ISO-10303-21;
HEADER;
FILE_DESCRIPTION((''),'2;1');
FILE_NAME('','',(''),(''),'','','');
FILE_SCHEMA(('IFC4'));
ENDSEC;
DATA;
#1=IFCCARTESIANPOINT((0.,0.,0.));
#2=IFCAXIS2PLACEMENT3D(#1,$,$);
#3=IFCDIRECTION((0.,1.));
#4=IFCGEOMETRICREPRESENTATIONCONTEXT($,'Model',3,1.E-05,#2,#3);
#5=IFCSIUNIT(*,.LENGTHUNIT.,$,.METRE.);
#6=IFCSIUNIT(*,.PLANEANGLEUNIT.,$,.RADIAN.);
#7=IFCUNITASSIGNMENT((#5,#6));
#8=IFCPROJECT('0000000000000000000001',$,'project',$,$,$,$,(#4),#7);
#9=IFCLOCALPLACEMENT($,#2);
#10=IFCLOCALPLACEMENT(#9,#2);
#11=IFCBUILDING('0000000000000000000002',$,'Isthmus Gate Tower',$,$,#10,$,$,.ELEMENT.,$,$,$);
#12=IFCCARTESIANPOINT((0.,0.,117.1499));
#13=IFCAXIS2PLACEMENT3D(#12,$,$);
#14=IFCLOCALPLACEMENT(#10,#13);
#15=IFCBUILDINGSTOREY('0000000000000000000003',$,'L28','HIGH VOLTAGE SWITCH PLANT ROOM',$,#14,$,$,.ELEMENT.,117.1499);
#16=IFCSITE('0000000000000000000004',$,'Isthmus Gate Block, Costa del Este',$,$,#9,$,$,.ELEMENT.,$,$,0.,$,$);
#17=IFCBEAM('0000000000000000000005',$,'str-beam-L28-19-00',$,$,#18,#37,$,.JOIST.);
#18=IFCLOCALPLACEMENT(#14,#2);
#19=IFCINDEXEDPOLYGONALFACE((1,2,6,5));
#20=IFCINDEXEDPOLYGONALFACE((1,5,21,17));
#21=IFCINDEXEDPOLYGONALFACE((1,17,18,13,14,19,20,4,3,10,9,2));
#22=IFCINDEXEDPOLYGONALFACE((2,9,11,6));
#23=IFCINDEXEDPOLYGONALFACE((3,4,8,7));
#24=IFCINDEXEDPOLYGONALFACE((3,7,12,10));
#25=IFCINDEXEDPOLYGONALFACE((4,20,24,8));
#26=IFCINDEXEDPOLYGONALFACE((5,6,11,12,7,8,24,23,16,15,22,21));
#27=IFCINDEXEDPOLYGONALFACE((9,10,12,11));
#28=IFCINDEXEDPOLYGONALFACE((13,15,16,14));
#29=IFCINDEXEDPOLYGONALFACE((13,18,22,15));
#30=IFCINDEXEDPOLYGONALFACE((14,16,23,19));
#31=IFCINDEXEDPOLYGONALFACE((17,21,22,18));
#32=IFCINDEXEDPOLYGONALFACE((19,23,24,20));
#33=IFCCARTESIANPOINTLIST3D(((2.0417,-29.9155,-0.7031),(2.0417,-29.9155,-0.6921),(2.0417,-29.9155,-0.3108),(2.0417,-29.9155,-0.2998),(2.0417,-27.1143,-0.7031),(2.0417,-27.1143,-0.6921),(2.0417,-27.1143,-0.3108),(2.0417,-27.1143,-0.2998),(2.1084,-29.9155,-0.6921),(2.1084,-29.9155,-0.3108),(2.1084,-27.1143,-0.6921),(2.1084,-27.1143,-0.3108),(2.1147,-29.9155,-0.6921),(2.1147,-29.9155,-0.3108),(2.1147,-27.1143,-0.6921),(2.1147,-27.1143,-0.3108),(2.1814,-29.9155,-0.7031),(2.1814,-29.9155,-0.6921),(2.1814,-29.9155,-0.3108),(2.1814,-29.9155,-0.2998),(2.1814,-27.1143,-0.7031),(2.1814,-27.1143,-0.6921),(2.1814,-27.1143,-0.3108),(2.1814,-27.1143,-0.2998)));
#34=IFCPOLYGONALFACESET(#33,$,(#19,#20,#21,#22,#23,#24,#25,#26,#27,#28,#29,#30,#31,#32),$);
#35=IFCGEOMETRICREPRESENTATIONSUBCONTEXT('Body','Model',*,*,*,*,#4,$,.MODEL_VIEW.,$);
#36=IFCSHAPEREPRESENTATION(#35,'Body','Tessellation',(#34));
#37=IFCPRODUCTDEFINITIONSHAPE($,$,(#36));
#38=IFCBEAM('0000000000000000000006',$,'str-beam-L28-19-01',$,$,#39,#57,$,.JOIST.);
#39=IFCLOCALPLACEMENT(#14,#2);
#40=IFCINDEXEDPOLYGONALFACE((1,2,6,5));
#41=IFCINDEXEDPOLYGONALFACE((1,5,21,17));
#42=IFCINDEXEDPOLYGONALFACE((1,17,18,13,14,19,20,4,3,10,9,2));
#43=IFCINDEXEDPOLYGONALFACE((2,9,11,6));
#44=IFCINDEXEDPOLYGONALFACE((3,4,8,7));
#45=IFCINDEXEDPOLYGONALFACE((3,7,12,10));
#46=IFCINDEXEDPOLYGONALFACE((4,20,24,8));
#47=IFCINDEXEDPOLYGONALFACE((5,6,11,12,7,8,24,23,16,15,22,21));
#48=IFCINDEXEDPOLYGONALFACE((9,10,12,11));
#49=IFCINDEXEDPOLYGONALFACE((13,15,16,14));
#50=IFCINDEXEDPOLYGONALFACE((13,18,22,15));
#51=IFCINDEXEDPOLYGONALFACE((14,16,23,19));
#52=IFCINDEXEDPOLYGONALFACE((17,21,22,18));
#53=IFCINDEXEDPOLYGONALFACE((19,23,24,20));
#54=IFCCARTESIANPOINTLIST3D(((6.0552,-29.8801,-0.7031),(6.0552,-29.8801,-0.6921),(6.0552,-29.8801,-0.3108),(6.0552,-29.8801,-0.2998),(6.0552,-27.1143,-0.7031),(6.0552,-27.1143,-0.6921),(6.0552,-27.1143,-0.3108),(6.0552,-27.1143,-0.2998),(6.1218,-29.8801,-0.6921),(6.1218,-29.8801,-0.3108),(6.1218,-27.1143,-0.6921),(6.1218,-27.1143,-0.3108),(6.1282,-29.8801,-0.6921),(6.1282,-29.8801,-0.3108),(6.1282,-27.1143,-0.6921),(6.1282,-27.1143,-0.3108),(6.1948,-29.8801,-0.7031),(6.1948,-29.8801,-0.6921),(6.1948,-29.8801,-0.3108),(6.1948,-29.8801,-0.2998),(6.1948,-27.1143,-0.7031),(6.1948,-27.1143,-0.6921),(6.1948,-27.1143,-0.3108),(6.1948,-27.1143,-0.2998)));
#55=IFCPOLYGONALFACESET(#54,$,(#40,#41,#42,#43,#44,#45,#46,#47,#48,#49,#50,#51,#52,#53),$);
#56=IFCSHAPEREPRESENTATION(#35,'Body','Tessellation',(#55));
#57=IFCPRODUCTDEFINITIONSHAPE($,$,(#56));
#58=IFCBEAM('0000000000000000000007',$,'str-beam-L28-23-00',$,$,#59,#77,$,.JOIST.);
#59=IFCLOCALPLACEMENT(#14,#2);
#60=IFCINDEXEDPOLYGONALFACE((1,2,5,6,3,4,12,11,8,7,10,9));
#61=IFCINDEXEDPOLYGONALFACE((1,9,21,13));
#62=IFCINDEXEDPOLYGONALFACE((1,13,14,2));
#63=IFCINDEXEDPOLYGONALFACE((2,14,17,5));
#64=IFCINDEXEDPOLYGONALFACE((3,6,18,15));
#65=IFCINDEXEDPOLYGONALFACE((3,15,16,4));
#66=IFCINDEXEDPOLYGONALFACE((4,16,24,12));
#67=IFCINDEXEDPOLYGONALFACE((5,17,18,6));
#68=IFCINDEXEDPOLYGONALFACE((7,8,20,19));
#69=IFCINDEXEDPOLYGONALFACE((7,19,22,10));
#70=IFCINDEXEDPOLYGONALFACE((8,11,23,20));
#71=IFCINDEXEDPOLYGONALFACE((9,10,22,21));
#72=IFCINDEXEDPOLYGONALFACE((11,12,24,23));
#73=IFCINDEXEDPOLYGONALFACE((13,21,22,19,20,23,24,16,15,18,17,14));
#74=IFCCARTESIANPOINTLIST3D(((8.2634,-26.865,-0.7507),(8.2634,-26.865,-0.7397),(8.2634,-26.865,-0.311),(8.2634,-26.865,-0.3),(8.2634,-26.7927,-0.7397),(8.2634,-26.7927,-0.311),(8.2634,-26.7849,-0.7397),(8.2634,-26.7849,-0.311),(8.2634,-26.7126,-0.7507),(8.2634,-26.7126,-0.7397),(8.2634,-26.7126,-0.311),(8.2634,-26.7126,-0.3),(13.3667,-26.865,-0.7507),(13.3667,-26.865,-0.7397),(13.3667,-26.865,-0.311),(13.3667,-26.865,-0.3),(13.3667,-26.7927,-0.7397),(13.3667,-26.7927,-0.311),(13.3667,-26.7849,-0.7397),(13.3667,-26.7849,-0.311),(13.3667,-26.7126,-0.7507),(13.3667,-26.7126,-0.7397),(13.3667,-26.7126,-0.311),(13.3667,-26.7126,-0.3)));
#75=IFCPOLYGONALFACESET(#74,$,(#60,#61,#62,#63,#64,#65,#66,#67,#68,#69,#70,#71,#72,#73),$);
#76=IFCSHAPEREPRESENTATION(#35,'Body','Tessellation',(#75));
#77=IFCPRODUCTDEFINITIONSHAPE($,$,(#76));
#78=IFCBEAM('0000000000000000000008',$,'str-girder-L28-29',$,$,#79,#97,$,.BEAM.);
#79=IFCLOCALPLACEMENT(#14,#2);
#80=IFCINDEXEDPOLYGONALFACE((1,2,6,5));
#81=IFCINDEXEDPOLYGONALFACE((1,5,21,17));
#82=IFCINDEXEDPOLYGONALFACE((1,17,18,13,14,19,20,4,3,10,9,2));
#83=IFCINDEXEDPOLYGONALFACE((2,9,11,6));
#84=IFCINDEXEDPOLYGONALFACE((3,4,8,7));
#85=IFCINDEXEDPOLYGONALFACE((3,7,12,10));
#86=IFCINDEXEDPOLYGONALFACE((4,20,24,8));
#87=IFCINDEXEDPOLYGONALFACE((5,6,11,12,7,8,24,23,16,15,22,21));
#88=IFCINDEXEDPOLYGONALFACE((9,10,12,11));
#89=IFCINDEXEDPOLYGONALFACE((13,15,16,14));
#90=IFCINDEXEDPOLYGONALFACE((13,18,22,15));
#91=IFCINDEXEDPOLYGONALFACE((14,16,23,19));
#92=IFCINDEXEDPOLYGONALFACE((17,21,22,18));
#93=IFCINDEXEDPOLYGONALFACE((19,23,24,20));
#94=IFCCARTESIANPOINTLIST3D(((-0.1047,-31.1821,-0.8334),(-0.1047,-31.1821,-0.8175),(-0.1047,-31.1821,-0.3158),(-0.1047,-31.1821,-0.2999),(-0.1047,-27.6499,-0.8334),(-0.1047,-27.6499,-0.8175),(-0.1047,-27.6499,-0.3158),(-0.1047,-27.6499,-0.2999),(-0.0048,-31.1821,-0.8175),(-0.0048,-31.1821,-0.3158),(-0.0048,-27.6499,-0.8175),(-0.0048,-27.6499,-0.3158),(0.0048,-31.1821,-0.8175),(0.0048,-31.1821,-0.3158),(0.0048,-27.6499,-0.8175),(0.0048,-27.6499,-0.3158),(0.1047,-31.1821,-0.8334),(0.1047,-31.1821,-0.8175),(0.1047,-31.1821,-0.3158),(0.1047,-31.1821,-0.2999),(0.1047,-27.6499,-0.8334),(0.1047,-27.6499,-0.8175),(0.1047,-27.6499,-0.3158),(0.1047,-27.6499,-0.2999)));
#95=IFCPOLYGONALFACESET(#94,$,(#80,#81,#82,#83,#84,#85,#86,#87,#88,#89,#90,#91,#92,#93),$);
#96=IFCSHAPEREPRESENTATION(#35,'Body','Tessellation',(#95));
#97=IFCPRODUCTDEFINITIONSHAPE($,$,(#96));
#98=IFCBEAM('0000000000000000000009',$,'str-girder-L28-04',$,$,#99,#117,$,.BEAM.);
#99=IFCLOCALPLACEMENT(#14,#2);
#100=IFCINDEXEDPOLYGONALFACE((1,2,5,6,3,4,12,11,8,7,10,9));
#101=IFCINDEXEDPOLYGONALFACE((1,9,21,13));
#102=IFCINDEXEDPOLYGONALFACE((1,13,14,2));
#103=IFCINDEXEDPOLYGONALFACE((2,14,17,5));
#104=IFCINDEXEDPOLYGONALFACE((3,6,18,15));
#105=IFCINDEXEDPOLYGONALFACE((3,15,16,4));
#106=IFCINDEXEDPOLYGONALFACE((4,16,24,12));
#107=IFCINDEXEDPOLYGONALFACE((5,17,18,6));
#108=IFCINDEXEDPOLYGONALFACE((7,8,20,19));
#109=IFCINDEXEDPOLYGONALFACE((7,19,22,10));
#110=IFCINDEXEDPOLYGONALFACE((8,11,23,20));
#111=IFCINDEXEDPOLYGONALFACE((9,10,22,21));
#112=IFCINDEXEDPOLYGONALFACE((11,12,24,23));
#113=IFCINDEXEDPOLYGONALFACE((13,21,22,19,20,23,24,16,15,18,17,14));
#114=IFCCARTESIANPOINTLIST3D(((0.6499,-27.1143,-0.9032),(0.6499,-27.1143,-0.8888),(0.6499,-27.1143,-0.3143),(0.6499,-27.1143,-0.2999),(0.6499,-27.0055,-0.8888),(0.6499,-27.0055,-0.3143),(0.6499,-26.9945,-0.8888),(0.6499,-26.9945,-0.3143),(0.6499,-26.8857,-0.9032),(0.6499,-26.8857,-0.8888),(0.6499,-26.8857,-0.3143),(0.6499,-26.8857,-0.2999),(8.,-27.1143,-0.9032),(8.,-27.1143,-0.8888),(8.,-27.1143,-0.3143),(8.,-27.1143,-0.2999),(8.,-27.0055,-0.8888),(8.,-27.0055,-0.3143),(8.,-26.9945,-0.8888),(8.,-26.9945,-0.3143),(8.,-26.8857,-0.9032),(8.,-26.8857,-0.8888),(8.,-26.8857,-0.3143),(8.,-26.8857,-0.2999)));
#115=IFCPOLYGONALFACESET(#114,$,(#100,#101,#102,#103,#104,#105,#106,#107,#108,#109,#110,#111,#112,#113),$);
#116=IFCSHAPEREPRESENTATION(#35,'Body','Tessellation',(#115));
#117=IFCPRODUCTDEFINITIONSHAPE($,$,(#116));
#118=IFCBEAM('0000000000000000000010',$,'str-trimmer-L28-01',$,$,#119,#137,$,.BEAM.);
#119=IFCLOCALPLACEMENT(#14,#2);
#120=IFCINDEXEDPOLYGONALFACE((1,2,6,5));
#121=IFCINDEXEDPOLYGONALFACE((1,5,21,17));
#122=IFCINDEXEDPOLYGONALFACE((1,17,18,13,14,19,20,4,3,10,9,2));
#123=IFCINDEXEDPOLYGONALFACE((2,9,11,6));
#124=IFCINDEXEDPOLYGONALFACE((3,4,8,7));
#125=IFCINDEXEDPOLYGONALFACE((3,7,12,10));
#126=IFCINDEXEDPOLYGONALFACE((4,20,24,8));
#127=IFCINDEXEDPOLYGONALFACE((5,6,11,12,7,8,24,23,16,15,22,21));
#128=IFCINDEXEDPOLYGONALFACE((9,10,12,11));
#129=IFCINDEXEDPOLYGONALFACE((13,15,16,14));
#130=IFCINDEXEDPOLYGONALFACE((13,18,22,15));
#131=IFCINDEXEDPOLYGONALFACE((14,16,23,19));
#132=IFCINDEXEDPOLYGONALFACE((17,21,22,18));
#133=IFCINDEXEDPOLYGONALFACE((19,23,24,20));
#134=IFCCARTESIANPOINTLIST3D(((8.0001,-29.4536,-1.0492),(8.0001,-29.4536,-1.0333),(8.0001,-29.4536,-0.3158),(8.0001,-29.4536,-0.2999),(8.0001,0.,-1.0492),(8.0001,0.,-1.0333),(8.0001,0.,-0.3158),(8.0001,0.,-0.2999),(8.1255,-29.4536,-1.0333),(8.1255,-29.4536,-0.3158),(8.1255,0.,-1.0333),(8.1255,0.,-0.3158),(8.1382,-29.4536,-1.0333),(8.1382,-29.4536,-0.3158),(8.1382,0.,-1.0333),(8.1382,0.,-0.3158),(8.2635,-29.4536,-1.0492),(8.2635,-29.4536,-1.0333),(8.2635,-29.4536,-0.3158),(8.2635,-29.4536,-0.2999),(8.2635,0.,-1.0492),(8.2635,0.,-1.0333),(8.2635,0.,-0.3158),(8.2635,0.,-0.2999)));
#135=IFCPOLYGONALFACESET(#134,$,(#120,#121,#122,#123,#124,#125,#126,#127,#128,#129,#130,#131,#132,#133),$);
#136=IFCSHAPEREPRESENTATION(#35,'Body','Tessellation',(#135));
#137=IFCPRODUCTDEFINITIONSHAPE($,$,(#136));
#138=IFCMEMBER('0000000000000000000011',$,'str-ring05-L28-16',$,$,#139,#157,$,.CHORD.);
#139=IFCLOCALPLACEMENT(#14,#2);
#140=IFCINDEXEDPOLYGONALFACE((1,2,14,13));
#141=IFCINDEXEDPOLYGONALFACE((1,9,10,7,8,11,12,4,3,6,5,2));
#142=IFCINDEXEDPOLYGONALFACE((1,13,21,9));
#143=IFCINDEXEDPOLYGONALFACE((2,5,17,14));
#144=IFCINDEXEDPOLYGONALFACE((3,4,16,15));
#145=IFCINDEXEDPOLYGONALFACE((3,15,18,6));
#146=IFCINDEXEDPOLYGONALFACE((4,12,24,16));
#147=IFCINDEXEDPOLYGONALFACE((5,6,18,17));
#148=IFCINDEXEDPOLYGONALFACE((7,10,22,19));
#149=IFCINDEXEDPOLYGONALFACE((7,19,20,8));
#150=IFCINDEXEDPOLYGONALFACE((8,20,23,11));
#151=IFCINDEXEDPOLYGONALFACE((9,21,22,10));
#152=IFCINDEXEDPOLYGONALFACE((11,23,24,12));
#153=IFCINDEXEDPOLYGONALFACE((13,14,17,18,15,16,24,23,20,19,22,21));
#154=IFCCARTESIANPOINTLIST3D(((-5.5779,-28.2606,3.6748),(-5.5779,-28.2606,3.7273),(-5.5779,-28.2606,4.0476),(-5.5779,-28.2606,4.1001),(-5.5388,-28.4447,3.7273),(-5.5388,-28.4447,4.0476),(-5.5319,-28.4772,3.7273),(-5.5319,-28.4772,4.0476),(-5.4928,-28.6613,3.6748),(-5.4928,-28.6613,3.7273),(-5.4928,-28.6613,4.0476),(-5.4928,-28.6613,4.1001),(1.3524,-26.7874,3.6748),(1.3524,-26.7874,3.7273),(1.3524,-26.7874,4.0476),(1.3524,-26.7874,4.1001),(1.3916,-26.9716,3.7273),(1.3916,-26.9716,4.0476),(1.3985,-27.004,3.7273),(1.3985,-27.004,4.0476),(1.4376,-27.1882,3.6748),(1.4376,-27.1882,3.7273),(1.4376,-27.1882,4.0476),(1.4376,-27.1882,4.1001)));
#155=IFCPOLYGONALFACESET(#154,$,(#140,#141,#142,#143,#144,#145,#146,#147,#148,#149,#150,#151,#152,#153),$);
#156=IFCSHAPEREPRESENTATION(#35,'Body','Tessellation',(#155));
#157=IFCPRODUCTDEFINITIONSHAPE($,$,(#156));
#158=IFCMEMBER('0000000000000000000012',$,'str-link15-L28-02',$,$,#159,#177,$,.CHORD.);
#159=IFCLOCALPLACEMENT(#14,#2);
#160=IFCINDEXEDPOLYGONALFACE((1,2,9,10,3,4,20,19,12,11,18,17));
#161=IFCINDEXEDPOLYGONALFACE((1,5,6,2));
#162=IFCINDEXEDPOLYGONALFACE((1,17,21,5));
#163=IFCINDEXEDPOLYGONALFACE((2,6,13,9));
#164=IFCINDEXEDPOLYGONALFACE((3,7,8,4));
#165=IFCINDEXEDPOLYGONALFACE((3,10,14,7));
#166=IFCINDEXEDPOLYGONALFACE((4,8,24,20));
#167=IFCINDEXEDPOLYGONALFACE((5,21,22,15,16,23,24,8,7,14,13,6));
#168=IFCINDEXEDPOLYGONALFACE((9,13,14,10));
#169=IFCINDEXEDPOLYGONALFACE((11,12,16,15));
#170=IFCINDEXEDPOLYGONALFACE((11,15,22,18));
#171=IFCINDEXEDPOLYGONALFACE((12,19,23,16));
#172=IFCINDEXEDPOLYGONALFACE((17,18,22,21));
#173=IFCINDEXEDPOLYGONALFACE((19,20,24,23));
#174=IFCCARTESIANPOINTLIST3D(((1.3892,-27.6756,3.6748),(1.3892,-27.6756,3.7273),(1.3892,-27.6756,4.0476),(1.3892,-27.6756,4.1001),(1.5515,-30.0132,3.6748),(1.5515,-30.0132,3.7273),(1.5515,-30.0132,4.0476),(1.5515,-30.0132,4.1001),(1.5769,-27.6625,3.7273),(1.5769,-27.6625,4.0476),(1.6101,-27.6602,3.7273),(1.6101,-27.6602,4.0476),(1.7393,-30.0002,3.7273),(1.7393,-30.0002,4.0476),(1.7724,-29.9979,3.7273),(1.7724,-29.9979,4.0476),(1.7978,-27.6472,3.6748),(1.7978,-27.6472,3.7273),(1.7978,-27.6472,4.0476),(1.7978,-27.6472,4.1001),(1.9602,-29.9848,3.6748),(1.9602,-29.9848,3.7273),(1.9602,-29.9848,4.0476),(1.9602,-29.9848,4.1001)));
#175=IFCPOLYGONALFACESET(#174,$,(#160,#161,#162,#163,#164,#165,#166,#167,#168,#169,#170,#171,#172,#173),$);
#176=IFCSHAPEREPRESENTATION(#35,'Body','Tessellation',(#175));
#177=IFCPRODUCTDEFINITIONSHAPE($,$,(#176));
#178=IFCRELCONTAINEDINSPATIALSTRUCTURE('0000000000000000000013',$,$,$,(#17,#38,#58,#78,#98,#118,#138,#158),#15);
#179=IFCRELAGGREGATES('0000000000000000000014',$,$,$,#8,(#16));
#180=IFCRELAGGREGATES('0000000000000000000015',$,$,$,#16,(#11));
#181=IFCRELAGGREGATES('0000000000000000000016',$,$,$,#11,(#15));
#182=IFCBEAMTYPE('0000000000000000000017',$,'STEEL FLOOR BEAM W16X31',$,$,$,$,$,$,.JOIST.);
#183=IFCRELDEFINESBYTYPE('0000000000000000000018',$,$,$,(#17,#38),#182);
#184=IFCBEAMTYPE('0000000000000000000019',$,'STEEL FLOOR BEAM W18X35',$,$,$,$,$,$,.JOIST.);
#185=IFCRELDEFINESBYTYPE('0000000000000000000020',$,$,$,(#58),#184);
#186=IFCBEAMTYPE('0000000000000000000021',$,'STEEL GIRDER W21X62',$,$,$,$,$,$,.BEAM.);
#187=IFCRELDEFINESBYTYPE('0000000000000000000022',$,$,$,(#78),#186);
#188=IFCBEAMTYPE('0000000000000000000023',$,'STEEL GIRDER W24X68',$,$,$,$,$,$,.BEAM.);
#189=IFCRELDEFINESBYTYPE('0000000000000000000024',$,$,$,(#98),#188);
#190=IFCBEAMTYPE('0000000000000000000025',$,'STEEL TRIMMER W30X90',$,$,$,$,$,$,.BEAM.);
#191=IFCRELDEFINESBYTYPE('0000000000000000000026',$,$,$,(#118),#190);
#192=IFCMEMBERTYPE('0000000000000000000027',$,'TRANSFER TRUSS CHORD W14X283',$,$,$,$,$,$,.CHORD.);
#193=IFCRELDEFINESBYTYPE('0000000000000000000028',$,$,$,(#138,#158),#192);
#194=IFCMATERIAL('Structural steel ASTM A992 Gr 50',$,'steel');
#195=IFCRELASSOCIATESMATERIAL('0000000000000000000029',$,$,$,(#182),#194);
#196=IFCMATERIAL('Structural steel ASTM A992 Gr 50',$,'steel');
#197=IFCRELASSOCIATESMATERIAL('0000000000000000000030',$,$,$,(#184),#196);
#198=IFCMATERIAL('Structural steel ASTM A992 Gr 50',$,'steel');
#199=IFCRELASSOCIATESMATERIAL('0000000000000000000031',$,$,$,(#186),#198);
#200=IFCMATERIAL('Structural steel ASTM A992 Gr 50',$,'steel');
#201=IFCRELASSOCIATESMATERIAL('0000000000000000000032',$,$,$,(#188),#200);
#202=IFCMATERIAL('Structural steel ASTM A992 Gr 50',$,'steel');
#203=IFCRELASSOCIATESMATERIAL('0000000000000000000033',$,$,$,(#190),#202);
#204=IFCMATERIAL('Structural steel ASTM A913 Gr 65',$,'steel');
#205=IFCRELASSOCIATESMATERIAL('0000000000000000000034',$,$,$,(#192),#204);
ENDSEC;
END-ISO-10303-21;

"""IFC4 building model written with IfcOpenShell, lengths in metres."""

from ifc_helpers import new_model, si_unit, direction, frame, origin, origin_2d, place, context, subcontext, project, spatial, i_section, extrude, material, material_profile, profile_set, type_object, element, save


model = new_model("IFC4")

# Units and contexts
model_context = context("Model", 3, precision=1e-05, world=origin(), true_north=direction((0.0, 1.0)))
body_context = subcontext(model_context, "Body", "Model", "MODEL_VIEW")
ifc_project = project(units=[si_unit("LENGTHUNIT", "METRE"), si_unit("PLANEANGLEUNIT", "RADIAN")], contexts=[model_context])

# Site, building, storey
site_placement = place(None, origin())
site = spatial("IfcSite", under=ifc_project, at=site_placement, Name="Isthmus Gate Block, Costa del Este", CompositionType="ELEMENT", RefElevation=0.0)
building_placement = place(site_placement, origin())
building = spatial("IfcBuilding", under=site, at=building_placement, Name="Isthmus Gate Tower", CompositionType="ELEMENT")
storey_placement = place(building_placement, frame((0.0, 0.0, 117.1499)))
storey = spatial("IfcBuildingStorey", under=building, at=storey_placement, Name="L28", Description="HIGH VOLTAGE SWITCH PLANT ROOM", CompositionType="ELEMENT", Elevation=117.1499)

# Beams
ifc_material_1 = material(Name="Structural steel ASTM A992 Gr 50", Category="steel")
ifc_material_profile_1 = material_profile(ifc_material_1, i_section(OverallWidth=0.1396, OverallDepth=0.4033, WebThickness=0.0063, FlangeThickness=0.011, at=origin_2d()), Name="W16X31")
ifc_profile_set_1 = profile_set([ifc_material_profile_1], Name="Structural steel ASTM A992 Gr 50")
beam_type_1 = type_object("IfcBeamType", Name="STEEL FLOOR BEAM W16X31", PredefinedType="JOIST", material=ifc_profile_set_1)
beam_1_placement = place(storey_placement, frame((2.1116, -29.9155, -0.5015), z_axis=(0.0, 1.0, 0.0), x_axis=(-1.0, 0.0, 0.0)))
element("IfcBeam", 1, at=beam_1_placement, inside=storey, type_object=beam_type_1, Name="str-beam-L28-19-00", PredefinedType="JOIST", context=body_context, shape_type="SweptSolid", body=[
    extrude(i_section(OverallWidth=0.1396, OverallDepth=0.4033, WebThickness=0.0063, FlangeThickness=0.011, at=origin_2d()), origin(), (0.0, 0.0, 1.0), 2.8013),
])
beam_2_placement = place(storey_placement, frame((6.125, -29.8801, -0.5015), z_axis=(0.0, 1.0, 0.0), x_axis=(-1.0, 0.0, 0.0)))
element("IfcBeam", 2, at=beam_2_placement, inside=storey, type_object=beam_type_1, Name="str-beam-L28-19-01", PredefinedType="JOIST", context=body_context, shape_type="SweptSolid", body=[
    extrude(i_section(OverallWidth=0.1396, OverallDepth=0.4033, WebThickness=0.0063, FlangeThickness=0.011, at=origin_2d()), origin(), (0.0, 0.0, 1.0), 2.7659),
])
ifc_material_2 = material(Name="Structural steel ASTM A992 Gr 50", Category="steel")
ifc_material_profile_2 = material_profile(ifc_material_2, i_section(OverallWidth=0.1523, OverallDepth=0.4507, WebThickness=0.0078, FlangeThickness=0.011, at=origin_2d()), Name="W18X35")
ifc_profile_set_2 = profile_set([ifc_material_profile_2], Name="Structural steel ASTM A992 Gr 50")
beam_type_2 = type_object("IfcBeamType", Name="STEEL FLOOR BEAM W18X35", PredefinedType="JOIST", material=ifc_profile_set_2)
beam_3_placement = place(storey_placement, frame((8.2634, -26.7888, -0.5254), z_axis=(1.0, 0.0, 0.0), x_axis=(0.0, 1.0, 0.0)))
element("IfcBeam", 3, at=beam_3_placement, inside=storey, type_object=beam_type_2, Name="str-beam-L28-23-00", PredefinedType="JOIST", context=body_context, shape_type="SweptSolid", body=[
    extrude(i_section(OverallWidth=0.1523, OverallDepth=0.4507, WebThickness=0.0078, FlangeThickness=0.011, at=origin_2d()), origin(), (0.0, 0.0, 1.0), 5.1033),
])
ifc_material_3 = material(Name="Structural steel ASTM A992 Gr 50", Category="steel")
ifc_material_profile_3 = material_profile(ifc_material_3, i_section(OverallWidth=0.2095, OverallDepth=0.5334, WebThickness=0.0095, FlangeThickness=0.0159, at=origin_2d()), Name="W21X62")
ifc_profile_set_3 = profile_set([ifc_material_profile_3], Name="Structural steel ASTM A992 Gr 50")
beam_type_3 = type_object("IfcBeamType", Name="STEEL GIRDER W21X62", PredefinedType="BEAM", material=ifc_profile_set_3)
beam_4_placement = place(storey_placement, frame((0.0, -31.1821, -0.5667), z_axis=(0.0, 1.0, 0.0), x_axis=(-1.0, 0.0, 0.0)))
element("IfcBeam", 4, at=beam_4_placement, inside=storey, type_object=beam_type_3, Name="str-girder-L28-29", PredefinedType="BEAM", context=body_context, shape_type="SweptSolid", body=[
    extrude(i_section(OverallWidth=0.2095, OverallDepth=0.5334, WebThickness=0.0095, FlangeThickness=0.0159, at=origin_2d()), origin(), (0.0, 0.0, 1.0), 3.5322),
])
ifc_material_4 = material(Name="Structural steel ASTM A992 Gr 50", Category="steel")
ifc_material_profile_4 = material_profile(ifc_material_4, i_section(OverallWidth=0.2285, OverallDepth=0.6033, WebThickness=0.011, FlangeThickness=0.0144, at=origin_2d()), Name="W24X68")
ifc_profile_set_4 = profile_set([ifc_material_profile_4], Name="Structural steel ASTM A992 Gr 50")
beam_type_4 = type_object("IfcBeamType", Name="STEEL GIRDER W24X68", PredefinedType="BEAM", material=ifc_profile_set_4)
beam_5_placement = place(storey_placement, frame((0.6499, -27.0, -0.6016), z_axis=(1.0, 0.0, 0.0), x_axis=(0.0, 1.0, 0.0)))
element("IfcBeam", 5, at=beam_5_placement, inside=storey, type_object=beam_type_4, Name="str-girder-L28-04", PredefinedType="BEAM", context=body_context, shape_type="SweptSolid", body=[
    extrude(i_section(OverallWidth=0.2285, OverallDepth=0.6033, WebThickness=0.011, FlangeThickness=0.0144, at=origin_2d()), origin(), (0.0, 0.0, 1.0), 7.3501),
])
ifc_material_5 = material(Name="Structural steel ASTM A992 Gr 50", Category="steel")
ifc_material_profile_5 = material_profile(ifc_material_5, i_section(OverallWidth=0.2634, OverallDepth=0.7493, WebThickness=0.0127, FlangeThickness=0.0159, at=origin_2d()), Name="W30X90")
ifc_profile_set_5 = profile_set([ifc_material_profile_5], Name="Structural steel ASTM A992 Gr 50")
beam_type_5 = type_object("IfcBeamType", Name="STEEL TRIMMER W30X90", PredefinedType="BEAM", material=ifc_profile_set_5)
beam_6_placement = place(storey_placement, frame((8.1318, -29.4536, -0.6746), z_axis=(0.0, 1.0, 0.0), x_axis=(-1.0, 0.0, 0.0)))
element("IfcBeam", 6, at=beam_6_placement, inside=storey, type_object=beam_type_5, Name="str-trimmer-L28-01", PredefinedType="BEAM", context=body_context, shape_type="SweptSolid", body=[
    extrude(i_section(OverallWidth=0.2634, OverallDepth=0.7493, WebThickness=0.0127, FlangeThickness=0.0159, at=origin_2d()), origin(), (0.0, 0.0, 1.0), 29.4536),
])

# Members
ifc_material_6 = material(Name="Structural steel ASTM A913 Gr 65", Category="steel")
ifc_material_profile_6 = material_profile(ifc_material_6, i_section(OverallWidth=0.4097, OverallDepth=0.4253, WebThickness=0.0332, FlangeThickness=0.0525, at=origin_2d()), Name="W14X283")
ifc_profile_set_6 = profile_set([ifc_material_profile_6], Name="Structural steel ASTM A913 Gr 65")
member_type_1 = type_object("IfcMemberType", Name="TRANSFER TRUSS CHORD W14X283", PredefinedType="CHORD", material=ifc_profile_set_6)
member_1_placement = place(storey_placement, frame((1.395, -26.9878, 3.8875), z_axis=(-0.978147, -0.207917, 0.0), x_axis=(0.207917, -0.978147, 0.0)))
element("IfcMember", 7, at=member_1_placement, inside=storey, type_object=member_type_1, Name="str-ring05-L28-16", PredefinedType="CHORD", context=body_context, shape_type="SweptSolid", body=[
    extrude(i_section(OverallWidth=0.4097, OverallDepth=0.4253, WebThickness=0.0332, FlangeThickness=0.0525, at=origin_2d()), origin(), (0.0, 0.0, 1.0), 7.0852),
])
member_2_placement = place(storey_placement, frame((1.7559, -29.999, 3.8875), z_axis=(-0.069285, 0.997597, 0.0), x_axis=(-0.997597, -0.069285, 0.0)))
element("IfcMember", 8, at=member_2_placement, inside=storey, type_object=member_type_1, Name="str-link15-L28-02", PredefinedType="CHORD", context=body_context, shape_type="SweptSolid", body=[
    extrude(i_section(OverallWidth=0.4097, OverallDepth=0.4253, WebThickness=0.0332, FlangeThickness=0.0525, at=origin_2d()), origin(), (0.0, 0.0, 1.0), 2.3433),
])

save(model, "model.ifc")
